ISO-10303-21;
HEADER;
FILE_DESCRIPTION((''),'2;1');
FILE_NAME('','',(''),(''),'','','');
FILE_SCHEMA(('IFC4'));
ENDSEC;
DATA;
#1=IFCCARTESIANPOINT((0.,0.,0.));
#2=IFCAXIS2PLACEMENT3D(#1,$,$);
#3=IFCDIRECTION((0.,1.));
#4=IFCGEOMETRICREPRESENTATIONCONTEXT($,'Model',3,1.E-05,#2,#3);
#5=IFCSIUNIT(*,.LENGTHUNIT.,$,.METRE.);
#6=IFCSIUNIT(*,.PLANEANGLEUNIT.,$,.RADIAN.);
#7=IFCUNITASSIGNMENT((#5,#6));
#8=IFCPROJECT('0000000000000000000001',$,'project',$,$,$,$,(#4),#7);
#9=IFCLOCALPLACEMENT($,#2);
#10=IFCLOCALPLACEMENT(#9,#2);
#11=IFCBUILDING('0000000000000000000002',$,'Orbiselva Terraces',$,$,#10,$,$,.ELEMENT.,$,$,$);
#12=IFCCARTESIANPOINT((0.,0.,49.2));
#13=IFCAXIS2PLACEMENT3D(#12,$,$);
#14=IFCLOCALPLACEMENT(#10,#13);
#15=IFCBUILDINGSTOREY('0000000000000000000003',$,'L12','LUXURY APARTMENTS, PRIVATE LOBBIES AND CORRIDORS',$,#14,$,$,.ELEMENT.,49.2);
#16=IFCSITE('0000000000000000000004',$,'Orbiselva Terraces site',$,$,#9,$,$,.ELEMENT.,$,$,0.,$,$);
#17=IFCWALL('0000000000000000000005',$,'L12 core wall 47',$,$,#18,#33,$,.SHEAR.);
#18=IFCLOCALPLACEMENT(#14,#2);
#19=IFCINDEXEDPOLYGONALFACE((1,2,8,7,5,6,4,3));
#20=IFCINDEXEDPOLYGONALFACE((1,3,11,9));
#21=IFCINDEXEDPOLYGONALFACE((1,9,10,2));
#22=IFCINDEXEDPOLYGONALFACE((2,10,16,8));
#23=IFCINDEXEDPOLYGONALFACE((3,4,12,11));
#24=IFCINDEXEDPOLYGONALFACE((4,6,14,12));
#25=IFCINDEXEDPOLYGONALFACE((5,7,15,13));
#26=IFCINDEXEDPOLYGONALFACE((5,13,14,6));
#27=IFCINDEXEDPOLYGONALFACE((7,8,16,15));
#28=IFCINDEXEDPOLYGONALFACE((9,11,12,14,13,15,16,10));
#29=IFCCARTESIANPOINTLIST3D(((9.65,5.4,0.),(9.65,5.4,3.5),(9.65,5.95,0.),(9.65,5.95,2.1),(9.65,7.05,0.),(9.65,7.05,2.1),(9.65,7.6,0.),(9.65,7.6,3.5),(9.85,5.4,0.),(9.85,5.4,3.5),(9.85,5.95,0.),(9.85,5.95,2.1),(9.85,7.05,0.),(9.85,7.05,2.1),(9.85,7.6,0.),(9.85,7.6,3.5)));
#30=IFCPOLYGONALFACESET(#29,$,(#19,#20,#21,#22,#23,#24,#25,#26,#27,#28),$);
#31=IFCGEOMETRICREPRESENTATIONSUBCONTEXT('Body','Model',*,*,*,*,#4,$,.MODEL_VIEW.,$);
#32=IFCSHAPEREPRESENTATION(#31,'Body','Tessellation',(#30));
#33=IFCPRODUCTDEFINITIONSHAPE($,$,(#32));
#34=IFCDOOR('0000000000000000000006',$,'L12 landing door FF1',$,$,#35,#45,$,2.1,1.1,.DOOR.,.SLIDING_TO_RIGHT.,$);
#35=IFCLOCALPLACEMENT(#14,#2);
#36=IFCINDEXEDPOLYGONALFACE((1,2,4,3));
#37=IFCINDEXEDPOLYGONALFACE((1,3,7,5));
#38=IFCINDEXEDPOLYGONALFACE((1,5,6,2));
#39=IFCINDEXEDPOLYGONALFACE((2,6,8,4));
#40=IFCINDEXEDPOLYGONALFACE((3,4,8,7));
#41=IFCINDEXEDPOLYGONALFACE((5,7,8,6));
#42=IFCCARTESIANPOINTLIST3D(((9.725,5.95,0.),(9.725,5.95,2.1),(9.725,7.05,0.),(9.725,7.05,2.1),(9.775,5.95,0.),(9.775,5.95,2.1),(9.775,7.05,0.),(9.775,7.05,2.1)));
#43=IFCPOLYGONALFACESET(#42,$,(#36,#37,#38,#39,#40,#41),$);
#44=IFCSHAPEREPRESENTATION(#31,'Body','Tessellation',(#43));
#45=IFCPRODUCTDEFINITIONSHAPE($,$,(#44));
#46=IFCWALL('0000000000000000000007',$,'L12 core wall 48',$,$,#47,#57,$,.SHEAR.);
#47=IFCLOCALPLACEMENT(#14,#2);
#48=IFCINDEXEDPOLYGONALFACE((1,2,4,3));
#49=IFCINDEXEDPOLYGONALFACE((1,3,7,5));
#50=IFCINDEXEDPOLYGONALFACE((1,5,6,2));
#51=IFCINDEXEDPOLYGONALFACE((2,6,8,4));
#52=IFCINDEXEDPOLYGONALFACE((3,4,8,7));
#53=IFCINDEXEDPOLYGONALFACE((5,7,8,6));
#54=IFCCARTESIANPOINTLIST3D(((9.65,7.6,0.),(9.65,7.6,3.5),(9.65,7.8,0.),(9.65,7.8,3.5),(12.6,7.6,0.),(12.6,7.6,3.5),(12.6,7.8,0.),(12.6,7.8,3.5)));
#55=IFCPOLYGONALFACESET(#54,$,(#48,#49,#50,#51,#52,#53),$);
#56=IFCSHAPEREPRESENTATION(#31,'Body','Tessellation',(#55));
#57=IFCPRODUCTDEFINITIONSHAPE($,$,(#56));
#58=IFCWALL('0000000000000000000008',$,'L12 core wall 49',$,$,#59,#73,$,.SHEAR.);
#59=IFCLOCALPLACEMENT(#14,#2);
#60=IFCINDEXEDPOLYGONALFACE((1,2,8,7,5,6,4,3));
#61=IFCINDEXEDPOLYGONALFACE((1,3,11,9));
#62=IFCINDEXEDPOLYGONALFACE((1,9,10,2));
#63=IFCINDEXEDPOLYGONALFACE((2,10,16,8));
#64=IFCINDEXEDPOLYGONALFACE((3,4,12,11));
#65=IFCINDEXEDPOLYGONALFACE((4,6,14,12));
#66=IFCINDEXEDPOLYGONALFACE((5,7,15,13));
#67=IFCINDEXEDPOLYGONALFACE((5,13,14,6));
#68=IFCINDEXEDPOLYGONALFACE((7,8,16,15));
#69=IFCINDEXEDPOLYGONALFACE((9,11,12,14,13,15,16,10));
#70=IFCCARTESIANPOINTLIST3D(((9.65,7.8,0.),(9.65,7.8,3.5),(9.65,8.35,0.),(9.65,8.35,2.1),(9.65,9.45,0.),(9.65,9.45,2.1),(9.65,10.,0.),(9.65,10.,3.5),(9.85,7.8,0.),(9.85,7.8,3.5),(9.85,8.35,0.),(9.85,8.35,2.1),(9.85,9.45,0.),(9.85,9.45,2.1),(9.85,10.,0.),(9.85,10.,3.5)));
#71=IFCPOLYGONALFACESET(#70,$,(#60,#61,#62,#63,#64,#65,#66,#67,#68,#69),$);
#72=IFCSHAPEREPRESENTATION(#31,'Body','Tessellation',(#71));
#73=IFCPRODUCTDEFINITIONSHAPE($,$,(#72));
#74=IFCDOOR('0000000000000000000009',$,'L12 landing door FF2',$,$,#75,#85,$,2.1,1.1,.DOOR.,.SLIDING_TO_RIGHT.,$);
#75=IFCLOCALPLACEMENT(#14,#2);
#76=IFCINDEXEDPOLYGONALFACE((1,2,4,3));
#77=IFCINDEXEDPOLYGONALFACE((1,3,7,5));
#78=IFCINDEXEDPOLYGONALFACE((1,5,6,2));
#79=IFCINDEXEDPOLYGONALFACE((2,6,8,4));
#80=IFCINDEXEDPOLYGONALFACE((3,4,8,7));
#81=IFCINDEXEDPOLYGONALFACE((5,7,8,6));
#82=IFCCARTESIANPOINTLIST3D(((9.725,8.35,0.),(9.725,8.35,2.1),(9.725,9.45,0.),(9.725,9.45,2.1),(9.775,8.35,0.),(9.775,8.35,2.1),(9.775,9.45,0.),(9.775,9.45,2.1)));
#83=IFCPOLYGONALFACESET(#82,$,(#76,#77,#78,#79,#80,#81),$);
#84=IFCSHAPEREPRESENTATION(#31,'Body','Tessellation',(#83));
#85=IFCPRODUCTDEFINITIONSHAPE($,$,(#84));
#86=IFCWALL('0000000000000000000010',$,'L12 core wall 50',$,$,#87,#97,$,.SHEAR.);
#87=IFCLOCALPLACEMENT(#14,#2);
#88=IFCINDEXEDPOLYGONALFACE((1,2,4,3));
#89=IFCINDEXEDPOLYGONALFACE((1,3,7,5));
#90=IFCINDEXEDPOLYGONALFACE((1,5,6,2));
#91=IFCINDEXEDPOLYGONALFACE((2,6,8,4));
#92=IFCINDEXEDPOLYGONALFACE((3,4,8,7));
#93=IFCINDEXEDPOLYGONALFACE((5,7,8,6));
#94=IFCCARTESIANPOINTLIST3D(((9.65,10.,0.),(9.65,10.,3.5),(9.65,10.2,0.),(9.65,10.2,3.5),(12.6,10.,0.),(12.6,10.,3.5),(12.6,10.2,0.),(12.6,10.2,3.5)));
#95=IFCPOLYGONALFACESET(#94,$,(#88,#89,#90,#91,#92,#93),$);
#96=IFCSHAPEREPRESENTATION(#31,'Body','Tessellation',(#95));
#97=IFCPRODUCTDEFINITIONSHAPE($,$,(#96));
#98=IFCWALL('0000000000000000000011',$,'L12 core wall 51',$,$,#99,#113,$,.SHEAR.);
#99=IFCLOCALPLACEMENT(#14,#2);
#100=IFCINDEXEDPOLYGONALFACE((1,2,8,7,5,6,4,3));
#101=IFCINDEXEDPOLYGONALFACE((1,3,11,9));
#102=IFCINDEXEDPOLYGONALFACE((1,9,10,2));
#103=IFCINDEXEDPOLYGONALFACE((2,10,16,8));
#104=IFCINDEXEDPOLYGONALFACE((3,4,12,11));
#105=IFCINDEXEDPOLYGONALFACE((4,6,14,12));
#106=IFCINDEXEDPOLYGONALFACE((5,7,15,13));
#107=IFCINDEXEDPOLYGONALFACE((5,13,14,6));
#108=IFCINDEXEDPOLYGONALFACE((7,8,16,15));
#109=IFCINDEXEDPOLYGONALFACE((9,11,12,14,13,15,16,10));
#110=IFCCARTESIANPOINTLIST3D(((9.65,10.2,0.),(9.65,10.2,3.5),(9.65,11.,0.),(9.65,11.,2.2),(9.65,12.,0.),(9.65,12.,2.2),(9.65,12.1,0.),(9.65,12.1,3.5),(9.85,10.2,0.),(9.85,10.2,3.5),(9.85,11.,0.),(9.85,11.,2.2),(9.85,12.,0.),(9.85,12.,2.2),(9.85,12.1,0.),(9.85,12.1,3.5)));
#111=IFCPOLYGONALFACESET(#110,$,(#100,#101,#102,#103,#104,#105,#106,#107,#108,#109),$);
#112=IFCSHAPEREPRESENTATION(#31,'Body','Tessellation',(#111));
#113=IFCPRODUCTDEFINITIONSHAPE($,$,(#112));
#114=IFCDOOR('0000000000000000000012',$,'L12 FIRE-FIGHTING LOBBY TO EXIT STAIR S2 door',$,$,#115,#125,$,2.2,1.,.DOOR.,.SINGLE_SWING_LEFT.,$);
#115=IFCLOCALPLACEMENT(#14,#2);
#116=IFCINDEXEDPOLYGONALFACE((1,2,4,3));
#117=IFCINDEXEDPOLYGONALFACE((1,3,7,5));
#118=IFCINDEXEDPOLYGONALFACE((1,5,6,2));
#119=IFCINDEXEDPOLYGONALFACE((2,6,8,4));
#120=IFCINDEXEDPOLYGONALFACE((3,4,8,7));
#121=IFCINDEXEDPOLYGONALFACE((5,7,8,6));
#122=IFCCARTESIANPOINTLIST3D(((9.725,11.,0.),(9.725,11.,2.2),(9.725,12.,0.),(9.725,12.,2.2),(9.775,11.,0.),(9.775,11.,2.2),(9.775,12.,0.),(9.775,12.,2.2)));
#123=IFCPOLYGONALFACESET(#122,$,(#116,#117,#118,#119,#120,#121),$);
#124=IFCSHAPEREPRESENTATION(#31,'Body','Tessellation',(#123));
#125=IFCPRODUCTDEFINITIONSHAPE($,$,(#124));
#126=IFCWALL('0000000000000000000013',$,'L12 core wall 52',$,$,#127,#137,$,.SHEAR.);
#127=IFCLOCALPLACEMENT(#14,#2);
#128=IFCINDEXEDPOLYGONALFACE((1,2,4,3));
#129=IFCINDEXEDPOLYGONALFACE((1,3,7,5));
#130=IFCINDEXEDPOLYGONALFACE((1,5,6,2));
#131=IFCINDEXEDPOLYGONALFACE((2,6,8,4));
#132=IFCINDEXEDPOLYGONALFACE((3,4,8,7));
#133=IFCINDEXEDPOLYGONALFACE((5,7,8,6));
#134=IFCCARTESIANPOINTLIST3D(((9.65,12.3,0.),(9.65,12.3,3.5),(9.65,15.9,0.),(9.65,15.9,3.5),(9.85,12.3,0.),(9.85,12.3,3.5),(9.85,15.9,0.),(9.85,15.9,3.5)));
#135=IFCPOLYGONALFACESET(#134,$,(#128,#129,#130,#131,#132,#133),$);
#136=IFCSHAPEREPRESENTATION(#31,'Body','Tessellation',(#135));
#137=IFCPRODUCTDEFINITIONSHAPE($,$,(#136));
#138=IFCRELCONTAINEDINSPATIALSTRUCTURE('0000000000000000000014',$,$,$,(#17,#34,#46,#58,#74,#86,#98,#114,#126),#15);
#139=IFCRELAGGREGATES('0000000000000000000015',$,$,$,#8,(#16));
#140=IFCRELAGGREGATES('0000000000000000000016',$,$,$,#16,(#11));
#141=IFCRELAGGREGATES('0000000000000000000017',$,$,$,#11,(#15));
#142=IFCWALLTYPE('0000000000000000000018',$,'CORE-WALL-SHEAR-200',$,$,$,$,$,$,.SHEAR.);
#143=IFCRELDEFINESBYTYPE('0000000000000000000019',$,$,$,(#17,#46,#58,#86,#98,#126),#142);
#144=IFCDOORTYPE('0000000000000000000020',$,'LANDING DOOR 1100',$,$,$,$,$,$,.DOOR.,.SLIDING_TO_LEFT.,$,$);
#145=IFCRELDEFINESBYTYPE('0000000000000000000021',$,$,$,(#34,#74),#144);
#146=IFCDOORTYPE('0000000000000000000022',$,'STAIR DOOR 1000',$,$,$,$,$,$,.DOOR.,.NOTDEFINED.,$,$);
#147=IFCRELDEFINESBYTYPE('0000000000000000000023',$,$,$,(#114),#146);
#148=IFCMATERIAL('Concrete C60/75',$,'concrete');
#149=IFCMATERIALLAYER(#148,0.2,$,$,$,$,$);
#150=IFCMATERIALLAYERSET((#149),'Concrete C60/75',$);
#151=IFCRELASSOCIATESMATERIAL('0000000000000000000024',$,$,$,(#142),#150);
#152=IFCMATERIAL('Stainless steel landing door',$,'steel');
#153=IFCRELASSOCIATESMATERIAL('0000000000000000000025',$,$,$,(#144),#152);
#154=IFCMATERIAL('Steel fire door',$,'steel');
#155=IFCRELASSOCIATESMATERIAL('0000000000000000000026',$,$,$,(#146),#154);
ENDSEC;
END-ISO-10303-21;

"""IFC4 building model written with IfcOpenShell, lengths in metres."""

from ifc_helpers import new_model, si_unit, direction, frame, frame_2d, origin, place, context, subcontext, project, spatial, rectangle, extrude, material, layer, layer_set, type_object, element, fill, save


model = new_model("IFC4")

# Units and contexts
model_context = context("Model", 3, precision=1e-05, world=origin(), true_north=direction((0.0, 1.0)))
body_context = subcontext(model_context, "Body", "Model", "MODEL_VIEW")
ifc_project = project(units=[si_unit("LENGTHUNIT", "METRE"), si_unit("PLANEANGLEUNIT", "RADIAN")], contexts=[model_context])

# Site, building, storey
site_placement = place(None, origin())
site = spatial("IfcSite", under=ifc_project, at=site_placement, Name="Orbiselva Terraces site", CompositionType="ELEMENT", RefElevation=0.0)
building_placement = place(site_placement, origin())
building = spatial("IfcBuilding", under=site, at=building_placement, Name="Orbiselva Terraces", CompositionType="ELEMENT")
storey_placement = place(building_placement, frame((0.0, 0.0, 49.2)))
storey = spatial("IfcBuildingStorey", under=building, at=storey_placement, Name="L12", Description="LUXURY APARTMENTS, PRIVATE LOBBIES AND CORRIDORS", CompositionType="ELEMENT", Elevation=49.2)

# Shared definitions
ifc_material_1 = material(Name="Steel fire door", Category="steel")

# Shared definitions
ifc_material_2 = material(Name="Concrete C60/75", Category="concrete")
ifc_layer_1 = layer(ifc_material_2, 0.2)
ifc_layer_set_1 = layer_set([ifc_layer_1], Name="Concrete C60/75")
wall_type_1 = type_object("IfcWallType", Name="CORE-WALL-SHEAR-200", PredefinedType="SHEAR", material=ifc_layer_set_1)

# Wall, opening, door
wall_1_placement = place(storey_placement, frame((9.75, 5.4, 0.0), z_axis=(0.0, 0.0, 1.0), x_axis=(0.0, 1.0, 0.0)))
wall_1 = element("IfcWall", 1, at=wall_1_placement, inside=storey, type_object=wall_type_1, Name="L12 core wall 47", PredefinedType="SHEAR", context=body_context, shape_type="SweptSolid", body=[
    extrude(rectangle(XDim=2.2, YDim=0.2, at=frame_2d((1.1, 0.0))), origin(), (0.0, 0.0, 1.0), 3.5),
])
opening_1_placement = place(wall_1_placement, frame((0.55, 0.0, 0.0)))
opening_1 = element("IfcOpeningElement", 2, at=opening_1_placement, cuts=wall_1, PredefinedType="OPENING", context=body_context, shape_type="SweptSolid", body=[
    extrude(rectangle(XDim=1.1, YDim=2.1, at=frame_2d((0.55, 1.05))), frame((0.0, 0.11, 0.0), z_axis=(0.0, -1.0, 0.0), x_axis=(1.0, 0.0, 0.0)), (0.0, 0.0, 1.0), 0.22),
])
ifc_material_3 = material(Name="Stainless steel landing door", Category="steel")
door_type_1 = type_object("IfcDoorType", Name="LANDING DOOR 1100", OperationType="SLIDING_TO_LEFT", PredefinedType="DOOR", material=ifc_material_3)
door_1_placement = place(opening_1_placement, origin())
door_1 = element("IfcDoor", 3, at=door_1_placement, inside=storey, type_object=door_type_1, Name="L12 landing door FF1", OperationType="SLIDING_TO_RIGHT", OverallHeight=2.1, OverallWidth=1.1, PredefinedType="DOOR", context=body_context, shape_type="SweptSolid", body=[
    extrude(rectangle(XDim=1.1, YDim=2.1, at=frame_2d((0.55, 1.05))), frame((0.0, 0.025, 0.0), z_axis=(0.0, -1.0, 0.0), x_axis=(1.0, 0.0, 0.0)), (0.0, 0.0, 1.0), 0.05),
])
fill(opening_1, door_1)

# Wall
wall_2_placement = place(storey_placement, frame((9.65, 7.7, 0.0), z_axis=(0.0, 0.0, 1.0), x_axis=(1.0, 0.0, 0.0)))
element("IfcWall", 4, at=wall_2_placement, inside=storey, type_object=wall_type_1, Name="L12 core wall 48", PredefinedType="SHEAR", context=body_context, shape_type="SweptSolid", body=[
    extrude(rectangle(XDim=2.95, YDim=0.2, at=frame_2d((1.475, 0.0))), origin(), (0.0, 0.0, 1.0), 3.5),
])

# Wall, opening, door
wall_3_placement = place(storey_placement, frame((9.75, 7.8, 0.0), z_axis=(0.0, 0.0, 1.0), x_axis=(0.0, 1.0, 0.0)))
wall_3 = element("IfcWall", 5, at=wall_3_placement, inside=storey, type_object=wall_type_1, Name="L12 core wall 49", PredefinedType="SHEAR", context=body_context, shape_type="SweptSolid", body=[
    extrude(rectangle(XDim=2.2, YDim=0.2, at=frame_2d((1.1, 0.0))), origin(), (0.0, 0.0, 1.0), 3.5),
])
opening_2_placement = place(wall_3_placement, frame((0.55, 0.0, 0.0)))
opening_2 = element("IfcOpeningElement", 6, at=opening_2_placement, cuts=wall_3, PredefinedType="OPENING", context=body_context, shape_type="SweptSolid", body=[
    extrude(rectangle(XDim=1.1, YDim=2.1, at=frame_2d((0.55, 1.05))), frame((0.0, 0.11, 0.0), z_axis=(0.0, -1.0, 0.0), x_axis=(1.0, 0.0, 0.0)), (0.0, 0.0, 1.0), 0.22),
])
door_2_placement = place(opening_2_placement, origin())
door_2 = element("IfcDoor", 7, at=door_2_placement, inside=storey, type_object=door_type_1, Name="L12 landing door FF2", OperationType="SLIDING_TO_RIGHT", OverallHeight=2.1, OverallWidth=1.1, PredefinedType="DOOR", context=body_context, shape_type="SweptSolid", body=[
    extrude(rectangle(XDim=1.1, YDim=2.1, at=frame_2d((0.55, 1.05))), frame((0.0, 0.025, 0.0), z_axis=(0.0, -1.0, 0.0), x_axis=(1.0, 0.0, 0.0)), (0.0, 0.0, 1.0), 0.05),
])
fill(opening_2, door_2)

# Wall
wall_4_placement = place(storey_placement, frame((9.65, 10.1, 0.0), z_axis=(0.0, 0.0, 1.0), x_axis=(1.0, 0.0, 0.0)))
element("IfcWall", 8, at=wall_4_placement, inside=storey, type_object=wall_type_1, Name="L12 core wall 50", PredefinedType="SHEAR", context=body_context, shape_type="SweptSolid", body=[
    extrude(rectangle(XDim=2.95, YDim=0.2, at=frame_2d((1.475, 0.0))), origin(), (0.0, 0.0, 1.0), 3.5),
])

# Wall, opening, door
wall_5_placement = place(storey_placement, frame((9.75, 12.1, 0.0), z_axis=(0.0, 0.0, 1.0), x_axis=(0.0, -1.0, 0.0)))
wall_5 = element("IfcWall", 9, at=wall_5_placement, inside=storey, type_object=wall_type_1, Name="L12 core wall 51", PredefinedType="SHEAR", context=body_context, shape_type="SweptSolid", body=[
    extrude(rectangle(XDim=1.9, YDim=0.2, at=frame_2d((0.95, 0.0))), origin(), (0.0, 0.0, 1.0), 3.5),
])
opening_3_placement = place(wall_5_placement, frame((0.1, 0.0, 0.0)))
opening_3 = element("IfcOpeningElement", 10, at=opening_3_placement, cuts=wall_5, PredefinedType="OPENING", context=body_context, shape_type="SweptSolid", body=[
    extrude(rectangle(XDim=1.0, YDim=2.2, at=frame_2d((0.5, 1.1))), frame((0.0, 0.11, 0.0), z_axis=(0.0, -1.0, 0.0), x_axis=(1.0, 0.0, 0.0)), (0.0, 0.0, 1.0), 0.22),
])
door_type_2 = type_object("IfcDoorType", Name="STAIR DOOR 1000", OperationType="NOTDEFINED", PredefinedType="DOOR", material=ifc_material_1)
door_3_placement = place(opening_3_placement, origin())
door_3 = element("IfcDoor", 11, at=door_3_placement, inside=storey, type_object=door_type_2, Name="L12 FIRE-FIGHTING LOBBY TO EXIT STAIR S2 door", OperationType="SINGLE_SWING_LEFT", OverallHeight=2.2, OverallWidth=1.0, PredefinedType="DOOR", context=body_context, shape_type="SweptSolid", body=[
    extrude(rectangle(XDim=1.0, YDim=2.2, at=frame_2d((0.5, 1.1))), frame((0.0, 0.025, 0.0), z_axis=(0.0, -1.0, 0.0), x_axis=(1.0, 0.0, 0.0)), (0.0, 0.0, 1.0), 0.05),
])
fill(opening_3, door_3)

# Wall
wall_6_placement = place(storey_placement, frame((9.75, 12.3, 0.0), z_axis=(0.0, 0.0, 1.0), x_axis=(0.0, 1.0, 0.0)))
element("IfcWall", 12, at=wall_6_placement, inside=storey, type_object=wall_type_1, Name="L12 core wall 52", PredefinedType="SHEAR", context=body_context, shape_type="SweptSolid", body=[
    extrude(rectangle(XDim=3.6, YDim=0.2, at=frame_2d((1.8, 0.0))), origin(), (0.0, 0.0, 1.0), 3.5),
])

save(model, "model.ifc")
